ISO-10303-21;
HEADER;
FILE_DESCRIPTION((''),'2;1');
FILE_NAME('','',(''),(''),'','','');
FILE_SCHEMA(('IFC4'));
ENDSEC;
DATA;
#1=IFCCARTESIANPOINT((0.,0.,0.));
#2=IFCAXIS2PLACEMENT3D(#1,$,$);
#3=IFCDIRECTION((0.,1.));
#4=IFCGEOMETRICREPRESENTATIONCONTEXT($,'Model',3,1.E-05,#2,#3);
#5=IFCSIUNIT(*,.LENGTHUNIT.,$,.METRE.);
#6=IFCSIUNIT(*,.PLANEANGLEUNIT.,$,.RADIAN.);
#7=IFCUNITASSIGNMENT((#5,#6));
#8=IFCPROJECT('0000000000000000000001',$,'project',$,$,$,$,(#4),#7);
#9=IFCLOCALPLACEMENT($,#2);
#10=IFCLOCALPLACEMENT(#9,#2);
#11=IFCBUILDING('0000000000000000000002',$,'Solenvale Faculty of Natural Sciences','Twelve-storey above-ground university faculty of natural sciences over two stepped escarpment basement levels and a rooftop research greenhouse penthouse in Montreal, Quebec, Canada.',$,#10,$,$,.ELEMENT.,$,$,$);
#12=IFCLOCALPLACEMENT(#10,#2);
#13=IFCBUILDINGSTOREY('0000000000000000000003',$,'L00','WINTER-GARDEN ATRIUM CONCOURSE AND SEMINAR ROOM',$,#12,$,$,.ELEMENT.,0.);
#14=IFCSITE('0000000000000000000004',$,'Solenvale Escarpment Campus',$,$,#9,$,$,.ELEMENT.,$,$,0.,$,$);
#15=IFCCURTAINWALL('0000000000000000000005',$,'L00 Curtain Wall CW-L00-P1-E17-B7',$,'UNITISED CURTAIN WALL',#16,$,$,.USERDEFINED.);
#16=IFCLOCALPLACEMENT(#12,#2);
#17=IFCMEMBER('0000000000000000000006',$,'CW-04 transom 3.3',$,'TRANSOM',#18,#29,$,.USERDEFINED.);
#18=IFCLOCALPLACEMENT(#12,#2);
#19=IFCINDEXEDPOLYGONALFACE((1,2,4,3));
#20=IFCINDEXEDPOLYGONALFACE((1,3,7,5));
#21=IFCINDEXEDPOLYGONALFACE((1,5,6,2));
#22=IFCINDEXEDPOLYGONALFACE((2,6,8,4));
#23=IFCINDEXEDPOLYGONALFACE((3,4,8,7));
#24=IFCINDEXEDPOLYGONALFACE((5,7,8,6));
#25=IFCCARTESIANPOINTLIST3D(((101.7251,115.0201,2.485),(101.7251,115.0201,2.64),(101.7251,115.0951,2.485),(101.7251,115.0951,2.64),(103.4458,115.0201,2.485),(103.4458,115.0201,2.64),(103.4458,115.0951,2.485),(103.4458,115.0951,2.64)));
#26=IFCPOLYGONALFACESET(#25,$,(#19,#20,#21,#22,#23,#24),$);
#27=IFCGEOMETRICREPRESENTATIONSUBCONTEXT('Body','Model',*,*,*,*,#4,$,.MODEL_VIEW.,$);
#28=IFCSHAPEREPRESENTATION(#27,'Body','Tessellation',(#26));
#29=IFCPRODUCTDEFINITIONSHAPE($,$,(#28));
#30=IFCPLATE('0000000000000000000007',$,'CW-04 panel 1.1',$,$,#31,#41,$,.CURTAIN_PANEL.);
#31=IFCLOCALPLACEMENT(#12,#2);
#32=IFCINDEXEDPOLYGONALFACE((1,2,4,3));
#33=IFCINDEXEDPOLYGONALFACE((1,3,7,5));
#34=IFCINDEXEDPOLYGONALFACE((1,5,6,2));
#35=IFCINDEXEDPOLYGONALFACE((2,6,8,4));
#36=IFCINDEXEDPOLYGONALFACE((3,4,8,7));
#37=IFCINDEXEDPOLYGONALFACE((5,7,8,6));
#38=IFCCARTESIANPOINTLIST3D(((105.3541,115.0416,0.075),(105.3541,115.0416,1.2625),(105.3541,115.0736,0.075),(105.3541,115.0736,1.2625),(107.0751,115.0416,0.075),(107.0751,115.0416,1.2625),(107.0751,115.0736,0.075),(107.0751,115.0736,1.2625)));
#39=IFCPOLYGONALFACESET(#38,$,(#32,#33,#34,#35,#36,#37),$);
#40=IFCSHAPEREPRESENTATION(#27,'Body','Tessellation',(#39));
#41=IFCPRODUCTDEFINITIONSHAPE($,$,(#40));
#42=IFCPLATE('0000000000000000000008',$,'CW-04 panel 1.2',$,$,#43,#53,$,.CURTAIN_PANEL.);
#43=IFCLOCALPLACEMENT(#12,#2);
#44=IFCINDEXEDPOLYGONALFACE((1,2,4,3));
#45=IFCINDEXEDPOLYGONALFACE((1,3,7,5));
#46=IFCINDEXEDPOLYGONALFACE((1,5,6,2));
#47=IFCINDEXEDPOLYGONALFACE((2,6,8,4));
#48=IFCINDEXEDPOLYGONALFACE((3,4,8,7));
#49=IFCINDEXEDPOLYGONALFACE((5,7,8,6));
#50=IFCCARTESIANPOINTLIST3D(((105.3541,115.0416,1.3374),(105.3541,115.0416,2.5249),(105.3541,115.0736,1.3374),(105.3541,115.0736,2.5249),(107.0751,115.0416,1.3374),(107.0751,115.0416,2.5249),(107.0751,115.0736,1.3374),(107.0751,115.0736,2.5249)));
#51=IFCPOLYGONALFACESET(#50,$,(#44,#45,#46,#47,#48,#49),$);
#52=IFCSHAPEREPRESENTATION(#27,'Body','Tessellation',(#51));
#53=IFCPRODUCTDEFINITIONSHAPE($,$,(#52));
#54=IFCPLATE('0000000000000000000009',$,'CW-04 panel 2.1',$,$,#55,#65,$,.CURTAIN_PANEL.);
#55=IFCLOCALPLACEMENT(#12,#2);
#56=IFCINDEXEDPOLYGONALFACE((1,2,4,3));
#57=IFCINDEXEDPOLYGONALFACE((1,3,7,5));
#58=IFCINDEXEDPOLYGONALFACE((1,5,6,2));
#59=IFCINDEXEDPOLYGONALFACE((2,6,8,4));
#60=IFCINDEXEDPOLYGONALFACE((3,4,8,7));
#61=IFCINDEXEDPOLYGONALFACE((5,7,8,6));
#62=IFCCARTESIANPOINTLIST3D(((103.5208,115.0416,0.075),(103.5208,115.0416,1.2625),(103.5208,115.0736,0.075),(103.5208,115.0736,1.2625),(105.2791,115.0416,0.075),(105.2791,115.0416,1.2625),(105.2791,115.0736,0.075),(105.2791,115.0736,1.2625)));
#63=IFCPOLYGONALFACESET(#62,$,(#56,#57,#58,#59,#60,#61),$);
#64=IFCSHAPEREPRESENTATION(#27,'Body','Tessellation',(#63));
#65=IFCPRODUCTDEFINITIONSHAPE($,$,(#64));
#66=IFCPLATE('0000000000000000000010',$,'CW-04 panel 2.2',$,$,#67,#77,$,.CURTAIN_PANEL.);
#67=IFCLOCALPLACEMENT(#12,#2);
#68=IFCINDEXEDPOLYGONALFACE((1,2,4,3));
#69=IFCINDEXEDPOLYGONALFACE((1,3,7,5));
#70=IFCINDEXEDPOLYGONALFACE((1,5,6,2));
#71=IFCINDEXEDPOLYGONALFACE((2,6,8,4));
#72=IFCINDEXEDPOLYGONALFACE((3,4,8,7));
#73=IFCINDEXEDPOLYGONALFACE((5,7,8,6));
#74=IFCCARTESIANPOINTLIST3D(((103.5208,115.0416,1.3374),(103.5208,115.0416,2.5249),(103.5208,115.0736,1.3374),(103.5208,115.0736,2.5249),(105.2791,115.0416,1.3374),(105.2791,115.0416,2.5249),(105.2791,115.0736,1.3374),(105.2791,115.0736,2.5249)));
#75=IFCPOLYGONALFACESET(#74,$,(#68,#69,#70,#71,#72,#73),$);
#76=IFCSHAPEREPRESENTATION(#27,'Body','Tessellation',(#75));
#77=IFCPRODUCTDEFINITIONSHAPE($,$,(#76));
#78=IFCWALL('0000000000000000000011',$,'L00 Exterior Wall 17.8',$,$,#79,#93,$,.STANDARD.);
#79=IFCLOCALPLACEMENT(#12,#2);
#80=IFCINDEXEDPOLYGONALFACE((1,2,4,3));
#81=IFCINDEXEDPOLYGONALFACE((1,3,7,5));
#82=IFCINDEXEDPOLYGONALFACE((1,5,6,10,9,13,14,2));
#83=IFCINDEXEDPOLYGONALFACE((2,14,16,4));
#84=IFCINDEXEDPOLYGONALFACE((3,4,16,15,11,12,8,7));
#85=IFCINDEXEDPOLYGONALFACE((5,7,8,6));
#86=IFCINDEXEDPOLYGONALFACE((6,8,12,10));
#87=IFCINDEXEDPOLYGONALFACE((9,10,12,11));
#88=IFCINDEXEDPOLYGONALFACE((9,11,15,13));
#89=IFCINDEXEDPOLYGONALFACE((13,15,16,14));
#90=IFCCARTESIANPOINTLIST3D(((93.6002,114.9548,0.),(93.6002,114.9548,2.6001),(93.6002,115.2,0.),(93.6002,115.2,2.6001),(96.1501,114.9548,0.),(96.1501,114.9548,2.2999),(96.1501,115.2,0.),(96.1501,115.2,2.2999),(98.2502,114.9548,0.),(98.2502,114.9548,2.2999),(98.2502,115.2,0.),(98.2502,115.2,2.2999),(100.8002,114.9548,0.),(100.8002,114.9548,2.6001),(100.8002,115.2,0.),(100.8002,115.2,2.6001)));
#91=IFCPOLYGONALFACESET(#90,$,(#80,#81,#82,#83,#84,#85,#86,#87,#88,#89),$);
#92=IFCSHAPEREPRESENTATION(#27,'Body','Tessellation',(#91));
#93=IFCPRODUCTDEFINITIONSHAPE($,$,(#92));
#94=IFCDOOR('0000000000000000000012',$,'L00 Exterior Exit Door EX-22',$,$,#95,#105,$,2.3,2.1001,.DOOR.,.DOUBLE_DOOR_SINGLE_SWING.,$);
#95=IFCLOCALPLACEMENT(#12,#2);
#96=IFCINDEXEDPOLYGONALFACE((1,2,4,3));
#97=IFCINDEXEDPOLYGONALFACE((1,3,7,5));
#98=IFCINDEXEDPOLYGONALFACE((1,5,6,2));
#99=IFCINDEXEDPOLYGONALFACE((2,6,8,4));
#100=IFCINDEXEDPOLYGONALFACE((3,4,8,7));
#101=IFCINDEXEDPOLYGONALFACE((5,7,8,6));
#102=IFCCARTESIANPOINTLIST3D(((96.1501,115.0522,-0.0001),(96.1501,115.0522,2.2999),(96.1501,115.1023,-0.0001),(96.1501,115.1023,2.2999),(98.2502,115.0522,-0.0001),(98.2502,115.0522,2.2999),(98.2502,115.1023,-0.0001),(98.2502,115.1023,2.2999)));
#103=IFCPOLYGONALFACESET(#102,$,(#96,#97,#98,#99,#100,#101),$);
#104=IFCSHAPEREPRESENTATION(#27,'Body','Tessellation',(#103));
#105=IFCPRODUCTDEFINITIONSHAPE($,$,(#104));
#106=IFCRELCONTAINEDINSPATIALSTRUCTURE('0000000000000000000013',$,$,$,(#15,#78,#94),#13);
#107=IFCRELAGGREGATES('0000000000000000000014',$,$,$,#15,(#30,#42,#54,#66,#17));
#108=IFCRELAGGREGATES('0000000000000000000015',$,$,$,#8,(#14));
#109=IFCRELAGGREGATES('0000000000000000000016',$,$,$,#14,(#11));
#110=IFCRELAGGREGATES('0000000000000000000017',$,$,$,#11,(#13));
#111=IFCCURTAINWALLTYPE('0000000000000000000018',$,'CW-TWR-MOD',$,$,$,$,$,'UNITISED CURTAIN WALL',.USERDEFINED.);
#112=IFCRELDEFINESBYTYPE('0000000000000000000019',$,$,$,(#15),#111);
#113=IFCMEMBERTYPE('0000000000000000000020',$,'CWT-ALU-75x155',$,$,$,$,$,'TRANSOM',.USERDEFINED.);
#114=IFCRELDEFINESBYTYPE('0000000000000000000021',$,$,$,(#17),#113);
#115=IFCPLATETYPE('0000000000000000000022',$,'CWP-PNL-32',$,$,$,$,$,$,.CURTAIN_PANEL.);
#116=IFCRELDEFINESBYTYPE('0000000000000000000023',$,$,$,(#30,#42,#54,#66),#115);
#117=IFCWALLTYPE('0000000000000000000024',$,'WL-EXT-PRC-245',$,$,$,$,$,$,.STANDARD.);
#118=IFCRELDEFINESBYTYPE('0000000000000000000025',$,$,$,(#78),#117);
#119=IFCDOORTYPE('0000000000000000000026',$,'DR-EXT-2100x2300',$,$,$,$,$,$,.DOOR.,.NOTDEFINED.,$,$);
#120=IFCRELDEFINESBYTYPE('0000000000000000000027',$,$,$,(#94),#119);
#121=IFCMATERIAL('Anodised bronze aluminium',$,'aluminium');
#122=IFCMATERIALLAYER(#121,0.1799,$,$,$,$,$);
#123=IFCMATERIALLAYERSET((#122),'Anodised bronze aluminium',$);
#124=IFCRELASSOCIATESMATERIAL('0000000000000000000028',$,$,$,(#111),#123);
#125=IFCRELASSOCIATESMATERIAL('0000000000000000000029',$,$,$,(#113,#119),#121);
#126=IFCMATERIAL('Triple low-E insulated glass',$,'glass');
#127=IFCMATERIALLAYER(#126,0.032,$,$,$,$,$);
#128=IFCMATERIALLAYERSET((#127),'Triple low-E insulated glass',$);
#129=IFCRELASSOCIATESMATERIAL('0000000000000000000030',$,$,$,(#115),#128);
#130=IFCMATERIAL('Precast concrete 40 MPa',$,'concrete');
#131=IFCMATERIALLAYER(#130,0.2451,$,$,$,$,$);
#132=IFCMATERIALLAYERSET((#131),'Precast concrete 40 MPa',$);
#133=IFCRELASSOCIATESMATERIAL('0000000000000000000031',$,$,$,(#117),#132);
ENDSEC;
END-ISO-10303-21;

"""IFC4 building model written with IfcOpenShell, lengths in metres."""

from ifc_helpers import new_model, si_unit, direction, frame, frame_2d, origin, origin_2d, place, context, subcontext, project, spatial, rectangle, extrude, material, layer, layer_set, material_profile, profile_set, type_object, element, fill, aggregate, save


model = new_model("IFC4")

# Units and contexts
model_context = context("Model", 3, precision=1e-05, world=origin(), true_north=direction((0.0, 1.0)))
body_context = subcontext(model_context, "Body", "Model", "MODEL_VIEW")
ifc_project = project(units=[si_unit("LENGTHUNIT", "METRE"), si_unit("PLANEANGLEUNIT", "RADIAN")], contexts=[model_context])

# Site, building, storey
site_placement = place(None, origin())
site = spatial("IfcSite", under=ifc_project, at=site_placement, Name="Solenvale Escarpment Campus", CompositionType="ELEMENT", RefElevation=0.0)
building_placement = place(site_placement, origin())
building = spatial("IfcBuilding", under=site, at=building_placement, Name="Solenvale Faculty of Natural Sciences", Description="Twelve-storey above-ground university faculty of natural sciences over two stepped escarpment basement levels and a rooftop research greenhouse penthouse in Montreal, Quebec, Canada.", CompositionType="ELEMENT")
storey_placement = place(building_placement, origin())
storey = spatial("IfcBuildingStorey", under=building, at=storey_placement, Name="L00", Description="WINTER-GARDEN ATRIUM CONCOURSE AND SEMINAR ROOM", CompositionType="ELEMENT", Elevation=0.0)

# Shared definitions
ifc_material_1 = material(Name="Precast concrete 40 MPa", Category="concrete")

# Curtain wall, member, plates
ifc_material_2 = material(Name="Anodised bronze aluminium", Category="aluminium")
ifc_layer_1 = layer(ifc_material_2, 0.1799)
ifc_layer_set_1 = layer_set([ifc_layer_1], Name="Anodised bronze aluminium")
curtain_wall_type = type_object("IfcCurtainWallType", Name="CW-TWR-MOD", ElementType="UNITISED CURTAIN WALL", PredefinedType="USERDEFINED", material=ifc_layer_set_1)
curtain_wall_placement = place(storey_placement, origin())
curtain_wall = element("IfcCurtainWall", 1, at=curtain_wall_placement, inside=storey, type_object=curtain_wall_type, Name="L00 Curtain Wall CW-L00-P1-E17-B7", ObjectType="UNITISED CURTAIN WALL", PredefinedType="USERDEFINED")
ifc_material_profile_1 = material_profile(ifc_material_2, rectangle(XDim=0.075, YDim=0.155, at=origin_2d()), Name="ALU-TRN-75x155")
ifc_profile_set_1 = profile_set([ifc_material_profile_1], Name="Anodised bronze aluminium")
member_type_1 = type_object("IfcMemberType", Name="CWT-ALU-75x155", ElementType="TRANSOM", PredefinedType="USERDEFINED", material=ifc_profile_set_1)
member_1_placement = place(storey_placement, frame((103.4458, 115.0576, 2.5625), z_axis=(-1.0, 0.0, 0.0), x_axis=(0.0, -1.0, 0.0)))
member_1 = element("IfcMember", 2, at=member_1_placement, type_object=member_type_1, Name="CW-04 transom 3.3", ObjectType="TRANSOM", PredefinedType="USERDEFINED", context=body_context, shape_type="SweptSolid", body=[
    extrude(rectangle(XDim=0.075, YDim=0.155, at=origin_2d()), origin(), (0.0, 0.0, 1.0), 1.7207),
])
ifc_material_3 = material(Name="Triple low-E insulated glass", Category="glass")
ifc_layer_2 = layer(ifc_material_3, 0.032)
ifc_layer_set_2 = layer_set([ifc_layer_2], Name="Triple low-E insulated glass")
plate_type = type_object("IfcPlateType", Name="CWP-PNL-32", PredefinedType="CURTAIN_PANEL", material=ifc_layer_set_2)
plate_1_placement = place(storey_placement, frame((106.2146, 115.0576, 0.075), z_axis=(0.0, 0.0, 1.0), x_axis=(-1.0, 0.0, 0.0)))
plate_1 = element("IfcPlate", 3, at=plate_1_placement, type_object=plate_type, Name="CW-04 panel 1.1", PredefinedType="CURTAIN_PANEL", context=body_context, shape_type="SweptSolid", body=[
    extrude(rectangle(XDim=1.7209, YDim=0.032, at=origin_2d()), origin(), (0.0, 0.0, 1.0), 1.1875),
])
plate_2_placement = place(storey_placement, frame((106.2146, 115.0576, 1.3374), z_axis=(0.0, 0.0, 1.0), x_axis=(-1.0, 0.0, 0.0)))
plate_2 = element("IfcPlate", 4, at=plate_2_placement, type_object=plate_type, Name="CW-04 panel 1.2", PredefinedType="CURTAIN_PANEL", context=body_context, shape_type="SweptSolid", body=[
    extrude(rectangle(XDim=1.7209, YDim=0.032, at=origin_2d()), origin(), (0.0, 0.0, 1.0), 1.1875),
])
plate_3_placement = place(storey_placement, frame((104.3999, 115.0576, 0.075), z_axis=(0.0, 0.0, 1.0), x_axis=(-1.0, 0.0, 0.0)))
plate_3 = element("IfcPlate", 5, at=plate_3_placement, type_object=plate_type, Name="CW-04 panel 2.1", PredefinedType="CURTAIN_PANEL", context=body_context, shape_type="SweptSolid", body=[
    extrude(rectangle(XDim=1.7583, YDim=0.032, at=origin_2d()), origin(), (0.0, 0.0, 1.0), 1.1875),
])
plate_4_placement = place(storey_placement, frame((104.3999, 115.0576, 1.3374), z_axis=(0.0, 0.0, 1.0), x_axis=(-1.0, 0.0, 0.0)))
plate_4 = element("IfcPlate", 6, at=plate_4_placement, type_object=plate_type, Name="CW-04 panel 2.2", PredefinedType="CURTAIN_PANEL", context=body_context, shape_type="SweptSolid", body=[
    extrude(rectangle(XDim=1.7583, YDim=0.032, at=origin_2d()), origin(), (0.0, 0.0, 1.0), 1.1875),
])
aggregate(curtain_wall, [plate_1, plate_2, plate_3, plate_4, member_1])

# Wall, opening, door
ifc_layer_3 = layer(ifc_material_1, 0.2451)
ifc_layer_set_3 = layer_set([ifc_layer_3], Name="Precast concrete 40 MPa")
wall_type = type_object("IfcWallType", Name="WL-EXT-PRC-245", PredefinedType="STANDARD", material=ifc_layer_set_3)
wall_placement = place(storey_placement, frame((93.6001, 115.0774, 0.0), z_axis=(0.0, 0.0, 1.0), x_axis=(1.0, 0.0, 0.0)))
wall = element("IfcWall", 7, at=wall_placement, inside=storey, type_object=wall_type, Name="L00 Exterior Wall 17.8", PredefinedType="STANDARD", context=body_context, shape_type="SweptSolid", body=[
    extrude(rectangle(XDim=7.2, YDim=0.2451, at=frame_2d((3.6001, 0.0))), origin(), (0.0, 0.0, 1.0), 2.6001),
])
opening_placement = place(wall_placement, frame((2.55, 0.0, 0.0)))
opening = element("IfcOpeningElement", 8, at=opening_placement, cuts=wall, PredefinedType="OPENING", context=body_context, shape_type="SweptSolid", body=[
    extrude(rectangle(XDim=2.1001, YDim=2.3, at=frame_2d((1.05, 1.1499))), frame((0.0, 0.1326, 0.0), z_axis=(0.0, -1.0, 0.0), x_axis=(1.0, 0.0, 0.0)), (0.0, 0.0, 1.0), 0.2651),
])
door_type = type_object("IfcDoorType", Name="DR-EXT-2100x2300", OperationType="NOTDEFINED", PredefinedType="DOOR", material=ifc_material_2)
door_placement = place(opening_placement, origin())
door = element("IfcDoor", 9, at=door_placement, inside=storey, type_object=door_type, Name="L00 Exterior Exit Door EX-22", OperationType="DOUBLE_DOOR_SINGLE_SWING", OverallHeight=2.3, OverallWidth=2.1001, PredefinedType="DOOR", context=body_context, shape_type="SweptSolid", body=[
    extrude(rectangle(XDim=2.1001, YDim=2.3, at=frame_2d((1.05, 1.1499))), frame((0.0, 0.0249, 0.0), z_axis=(0.0, -1.0, 0.0), x_axis=(1.0, 0.0, 0.0)), (0.0, 0.0, 1.0), 0.05),
])
fill(opening, door)

save(model, "model.ifc")
